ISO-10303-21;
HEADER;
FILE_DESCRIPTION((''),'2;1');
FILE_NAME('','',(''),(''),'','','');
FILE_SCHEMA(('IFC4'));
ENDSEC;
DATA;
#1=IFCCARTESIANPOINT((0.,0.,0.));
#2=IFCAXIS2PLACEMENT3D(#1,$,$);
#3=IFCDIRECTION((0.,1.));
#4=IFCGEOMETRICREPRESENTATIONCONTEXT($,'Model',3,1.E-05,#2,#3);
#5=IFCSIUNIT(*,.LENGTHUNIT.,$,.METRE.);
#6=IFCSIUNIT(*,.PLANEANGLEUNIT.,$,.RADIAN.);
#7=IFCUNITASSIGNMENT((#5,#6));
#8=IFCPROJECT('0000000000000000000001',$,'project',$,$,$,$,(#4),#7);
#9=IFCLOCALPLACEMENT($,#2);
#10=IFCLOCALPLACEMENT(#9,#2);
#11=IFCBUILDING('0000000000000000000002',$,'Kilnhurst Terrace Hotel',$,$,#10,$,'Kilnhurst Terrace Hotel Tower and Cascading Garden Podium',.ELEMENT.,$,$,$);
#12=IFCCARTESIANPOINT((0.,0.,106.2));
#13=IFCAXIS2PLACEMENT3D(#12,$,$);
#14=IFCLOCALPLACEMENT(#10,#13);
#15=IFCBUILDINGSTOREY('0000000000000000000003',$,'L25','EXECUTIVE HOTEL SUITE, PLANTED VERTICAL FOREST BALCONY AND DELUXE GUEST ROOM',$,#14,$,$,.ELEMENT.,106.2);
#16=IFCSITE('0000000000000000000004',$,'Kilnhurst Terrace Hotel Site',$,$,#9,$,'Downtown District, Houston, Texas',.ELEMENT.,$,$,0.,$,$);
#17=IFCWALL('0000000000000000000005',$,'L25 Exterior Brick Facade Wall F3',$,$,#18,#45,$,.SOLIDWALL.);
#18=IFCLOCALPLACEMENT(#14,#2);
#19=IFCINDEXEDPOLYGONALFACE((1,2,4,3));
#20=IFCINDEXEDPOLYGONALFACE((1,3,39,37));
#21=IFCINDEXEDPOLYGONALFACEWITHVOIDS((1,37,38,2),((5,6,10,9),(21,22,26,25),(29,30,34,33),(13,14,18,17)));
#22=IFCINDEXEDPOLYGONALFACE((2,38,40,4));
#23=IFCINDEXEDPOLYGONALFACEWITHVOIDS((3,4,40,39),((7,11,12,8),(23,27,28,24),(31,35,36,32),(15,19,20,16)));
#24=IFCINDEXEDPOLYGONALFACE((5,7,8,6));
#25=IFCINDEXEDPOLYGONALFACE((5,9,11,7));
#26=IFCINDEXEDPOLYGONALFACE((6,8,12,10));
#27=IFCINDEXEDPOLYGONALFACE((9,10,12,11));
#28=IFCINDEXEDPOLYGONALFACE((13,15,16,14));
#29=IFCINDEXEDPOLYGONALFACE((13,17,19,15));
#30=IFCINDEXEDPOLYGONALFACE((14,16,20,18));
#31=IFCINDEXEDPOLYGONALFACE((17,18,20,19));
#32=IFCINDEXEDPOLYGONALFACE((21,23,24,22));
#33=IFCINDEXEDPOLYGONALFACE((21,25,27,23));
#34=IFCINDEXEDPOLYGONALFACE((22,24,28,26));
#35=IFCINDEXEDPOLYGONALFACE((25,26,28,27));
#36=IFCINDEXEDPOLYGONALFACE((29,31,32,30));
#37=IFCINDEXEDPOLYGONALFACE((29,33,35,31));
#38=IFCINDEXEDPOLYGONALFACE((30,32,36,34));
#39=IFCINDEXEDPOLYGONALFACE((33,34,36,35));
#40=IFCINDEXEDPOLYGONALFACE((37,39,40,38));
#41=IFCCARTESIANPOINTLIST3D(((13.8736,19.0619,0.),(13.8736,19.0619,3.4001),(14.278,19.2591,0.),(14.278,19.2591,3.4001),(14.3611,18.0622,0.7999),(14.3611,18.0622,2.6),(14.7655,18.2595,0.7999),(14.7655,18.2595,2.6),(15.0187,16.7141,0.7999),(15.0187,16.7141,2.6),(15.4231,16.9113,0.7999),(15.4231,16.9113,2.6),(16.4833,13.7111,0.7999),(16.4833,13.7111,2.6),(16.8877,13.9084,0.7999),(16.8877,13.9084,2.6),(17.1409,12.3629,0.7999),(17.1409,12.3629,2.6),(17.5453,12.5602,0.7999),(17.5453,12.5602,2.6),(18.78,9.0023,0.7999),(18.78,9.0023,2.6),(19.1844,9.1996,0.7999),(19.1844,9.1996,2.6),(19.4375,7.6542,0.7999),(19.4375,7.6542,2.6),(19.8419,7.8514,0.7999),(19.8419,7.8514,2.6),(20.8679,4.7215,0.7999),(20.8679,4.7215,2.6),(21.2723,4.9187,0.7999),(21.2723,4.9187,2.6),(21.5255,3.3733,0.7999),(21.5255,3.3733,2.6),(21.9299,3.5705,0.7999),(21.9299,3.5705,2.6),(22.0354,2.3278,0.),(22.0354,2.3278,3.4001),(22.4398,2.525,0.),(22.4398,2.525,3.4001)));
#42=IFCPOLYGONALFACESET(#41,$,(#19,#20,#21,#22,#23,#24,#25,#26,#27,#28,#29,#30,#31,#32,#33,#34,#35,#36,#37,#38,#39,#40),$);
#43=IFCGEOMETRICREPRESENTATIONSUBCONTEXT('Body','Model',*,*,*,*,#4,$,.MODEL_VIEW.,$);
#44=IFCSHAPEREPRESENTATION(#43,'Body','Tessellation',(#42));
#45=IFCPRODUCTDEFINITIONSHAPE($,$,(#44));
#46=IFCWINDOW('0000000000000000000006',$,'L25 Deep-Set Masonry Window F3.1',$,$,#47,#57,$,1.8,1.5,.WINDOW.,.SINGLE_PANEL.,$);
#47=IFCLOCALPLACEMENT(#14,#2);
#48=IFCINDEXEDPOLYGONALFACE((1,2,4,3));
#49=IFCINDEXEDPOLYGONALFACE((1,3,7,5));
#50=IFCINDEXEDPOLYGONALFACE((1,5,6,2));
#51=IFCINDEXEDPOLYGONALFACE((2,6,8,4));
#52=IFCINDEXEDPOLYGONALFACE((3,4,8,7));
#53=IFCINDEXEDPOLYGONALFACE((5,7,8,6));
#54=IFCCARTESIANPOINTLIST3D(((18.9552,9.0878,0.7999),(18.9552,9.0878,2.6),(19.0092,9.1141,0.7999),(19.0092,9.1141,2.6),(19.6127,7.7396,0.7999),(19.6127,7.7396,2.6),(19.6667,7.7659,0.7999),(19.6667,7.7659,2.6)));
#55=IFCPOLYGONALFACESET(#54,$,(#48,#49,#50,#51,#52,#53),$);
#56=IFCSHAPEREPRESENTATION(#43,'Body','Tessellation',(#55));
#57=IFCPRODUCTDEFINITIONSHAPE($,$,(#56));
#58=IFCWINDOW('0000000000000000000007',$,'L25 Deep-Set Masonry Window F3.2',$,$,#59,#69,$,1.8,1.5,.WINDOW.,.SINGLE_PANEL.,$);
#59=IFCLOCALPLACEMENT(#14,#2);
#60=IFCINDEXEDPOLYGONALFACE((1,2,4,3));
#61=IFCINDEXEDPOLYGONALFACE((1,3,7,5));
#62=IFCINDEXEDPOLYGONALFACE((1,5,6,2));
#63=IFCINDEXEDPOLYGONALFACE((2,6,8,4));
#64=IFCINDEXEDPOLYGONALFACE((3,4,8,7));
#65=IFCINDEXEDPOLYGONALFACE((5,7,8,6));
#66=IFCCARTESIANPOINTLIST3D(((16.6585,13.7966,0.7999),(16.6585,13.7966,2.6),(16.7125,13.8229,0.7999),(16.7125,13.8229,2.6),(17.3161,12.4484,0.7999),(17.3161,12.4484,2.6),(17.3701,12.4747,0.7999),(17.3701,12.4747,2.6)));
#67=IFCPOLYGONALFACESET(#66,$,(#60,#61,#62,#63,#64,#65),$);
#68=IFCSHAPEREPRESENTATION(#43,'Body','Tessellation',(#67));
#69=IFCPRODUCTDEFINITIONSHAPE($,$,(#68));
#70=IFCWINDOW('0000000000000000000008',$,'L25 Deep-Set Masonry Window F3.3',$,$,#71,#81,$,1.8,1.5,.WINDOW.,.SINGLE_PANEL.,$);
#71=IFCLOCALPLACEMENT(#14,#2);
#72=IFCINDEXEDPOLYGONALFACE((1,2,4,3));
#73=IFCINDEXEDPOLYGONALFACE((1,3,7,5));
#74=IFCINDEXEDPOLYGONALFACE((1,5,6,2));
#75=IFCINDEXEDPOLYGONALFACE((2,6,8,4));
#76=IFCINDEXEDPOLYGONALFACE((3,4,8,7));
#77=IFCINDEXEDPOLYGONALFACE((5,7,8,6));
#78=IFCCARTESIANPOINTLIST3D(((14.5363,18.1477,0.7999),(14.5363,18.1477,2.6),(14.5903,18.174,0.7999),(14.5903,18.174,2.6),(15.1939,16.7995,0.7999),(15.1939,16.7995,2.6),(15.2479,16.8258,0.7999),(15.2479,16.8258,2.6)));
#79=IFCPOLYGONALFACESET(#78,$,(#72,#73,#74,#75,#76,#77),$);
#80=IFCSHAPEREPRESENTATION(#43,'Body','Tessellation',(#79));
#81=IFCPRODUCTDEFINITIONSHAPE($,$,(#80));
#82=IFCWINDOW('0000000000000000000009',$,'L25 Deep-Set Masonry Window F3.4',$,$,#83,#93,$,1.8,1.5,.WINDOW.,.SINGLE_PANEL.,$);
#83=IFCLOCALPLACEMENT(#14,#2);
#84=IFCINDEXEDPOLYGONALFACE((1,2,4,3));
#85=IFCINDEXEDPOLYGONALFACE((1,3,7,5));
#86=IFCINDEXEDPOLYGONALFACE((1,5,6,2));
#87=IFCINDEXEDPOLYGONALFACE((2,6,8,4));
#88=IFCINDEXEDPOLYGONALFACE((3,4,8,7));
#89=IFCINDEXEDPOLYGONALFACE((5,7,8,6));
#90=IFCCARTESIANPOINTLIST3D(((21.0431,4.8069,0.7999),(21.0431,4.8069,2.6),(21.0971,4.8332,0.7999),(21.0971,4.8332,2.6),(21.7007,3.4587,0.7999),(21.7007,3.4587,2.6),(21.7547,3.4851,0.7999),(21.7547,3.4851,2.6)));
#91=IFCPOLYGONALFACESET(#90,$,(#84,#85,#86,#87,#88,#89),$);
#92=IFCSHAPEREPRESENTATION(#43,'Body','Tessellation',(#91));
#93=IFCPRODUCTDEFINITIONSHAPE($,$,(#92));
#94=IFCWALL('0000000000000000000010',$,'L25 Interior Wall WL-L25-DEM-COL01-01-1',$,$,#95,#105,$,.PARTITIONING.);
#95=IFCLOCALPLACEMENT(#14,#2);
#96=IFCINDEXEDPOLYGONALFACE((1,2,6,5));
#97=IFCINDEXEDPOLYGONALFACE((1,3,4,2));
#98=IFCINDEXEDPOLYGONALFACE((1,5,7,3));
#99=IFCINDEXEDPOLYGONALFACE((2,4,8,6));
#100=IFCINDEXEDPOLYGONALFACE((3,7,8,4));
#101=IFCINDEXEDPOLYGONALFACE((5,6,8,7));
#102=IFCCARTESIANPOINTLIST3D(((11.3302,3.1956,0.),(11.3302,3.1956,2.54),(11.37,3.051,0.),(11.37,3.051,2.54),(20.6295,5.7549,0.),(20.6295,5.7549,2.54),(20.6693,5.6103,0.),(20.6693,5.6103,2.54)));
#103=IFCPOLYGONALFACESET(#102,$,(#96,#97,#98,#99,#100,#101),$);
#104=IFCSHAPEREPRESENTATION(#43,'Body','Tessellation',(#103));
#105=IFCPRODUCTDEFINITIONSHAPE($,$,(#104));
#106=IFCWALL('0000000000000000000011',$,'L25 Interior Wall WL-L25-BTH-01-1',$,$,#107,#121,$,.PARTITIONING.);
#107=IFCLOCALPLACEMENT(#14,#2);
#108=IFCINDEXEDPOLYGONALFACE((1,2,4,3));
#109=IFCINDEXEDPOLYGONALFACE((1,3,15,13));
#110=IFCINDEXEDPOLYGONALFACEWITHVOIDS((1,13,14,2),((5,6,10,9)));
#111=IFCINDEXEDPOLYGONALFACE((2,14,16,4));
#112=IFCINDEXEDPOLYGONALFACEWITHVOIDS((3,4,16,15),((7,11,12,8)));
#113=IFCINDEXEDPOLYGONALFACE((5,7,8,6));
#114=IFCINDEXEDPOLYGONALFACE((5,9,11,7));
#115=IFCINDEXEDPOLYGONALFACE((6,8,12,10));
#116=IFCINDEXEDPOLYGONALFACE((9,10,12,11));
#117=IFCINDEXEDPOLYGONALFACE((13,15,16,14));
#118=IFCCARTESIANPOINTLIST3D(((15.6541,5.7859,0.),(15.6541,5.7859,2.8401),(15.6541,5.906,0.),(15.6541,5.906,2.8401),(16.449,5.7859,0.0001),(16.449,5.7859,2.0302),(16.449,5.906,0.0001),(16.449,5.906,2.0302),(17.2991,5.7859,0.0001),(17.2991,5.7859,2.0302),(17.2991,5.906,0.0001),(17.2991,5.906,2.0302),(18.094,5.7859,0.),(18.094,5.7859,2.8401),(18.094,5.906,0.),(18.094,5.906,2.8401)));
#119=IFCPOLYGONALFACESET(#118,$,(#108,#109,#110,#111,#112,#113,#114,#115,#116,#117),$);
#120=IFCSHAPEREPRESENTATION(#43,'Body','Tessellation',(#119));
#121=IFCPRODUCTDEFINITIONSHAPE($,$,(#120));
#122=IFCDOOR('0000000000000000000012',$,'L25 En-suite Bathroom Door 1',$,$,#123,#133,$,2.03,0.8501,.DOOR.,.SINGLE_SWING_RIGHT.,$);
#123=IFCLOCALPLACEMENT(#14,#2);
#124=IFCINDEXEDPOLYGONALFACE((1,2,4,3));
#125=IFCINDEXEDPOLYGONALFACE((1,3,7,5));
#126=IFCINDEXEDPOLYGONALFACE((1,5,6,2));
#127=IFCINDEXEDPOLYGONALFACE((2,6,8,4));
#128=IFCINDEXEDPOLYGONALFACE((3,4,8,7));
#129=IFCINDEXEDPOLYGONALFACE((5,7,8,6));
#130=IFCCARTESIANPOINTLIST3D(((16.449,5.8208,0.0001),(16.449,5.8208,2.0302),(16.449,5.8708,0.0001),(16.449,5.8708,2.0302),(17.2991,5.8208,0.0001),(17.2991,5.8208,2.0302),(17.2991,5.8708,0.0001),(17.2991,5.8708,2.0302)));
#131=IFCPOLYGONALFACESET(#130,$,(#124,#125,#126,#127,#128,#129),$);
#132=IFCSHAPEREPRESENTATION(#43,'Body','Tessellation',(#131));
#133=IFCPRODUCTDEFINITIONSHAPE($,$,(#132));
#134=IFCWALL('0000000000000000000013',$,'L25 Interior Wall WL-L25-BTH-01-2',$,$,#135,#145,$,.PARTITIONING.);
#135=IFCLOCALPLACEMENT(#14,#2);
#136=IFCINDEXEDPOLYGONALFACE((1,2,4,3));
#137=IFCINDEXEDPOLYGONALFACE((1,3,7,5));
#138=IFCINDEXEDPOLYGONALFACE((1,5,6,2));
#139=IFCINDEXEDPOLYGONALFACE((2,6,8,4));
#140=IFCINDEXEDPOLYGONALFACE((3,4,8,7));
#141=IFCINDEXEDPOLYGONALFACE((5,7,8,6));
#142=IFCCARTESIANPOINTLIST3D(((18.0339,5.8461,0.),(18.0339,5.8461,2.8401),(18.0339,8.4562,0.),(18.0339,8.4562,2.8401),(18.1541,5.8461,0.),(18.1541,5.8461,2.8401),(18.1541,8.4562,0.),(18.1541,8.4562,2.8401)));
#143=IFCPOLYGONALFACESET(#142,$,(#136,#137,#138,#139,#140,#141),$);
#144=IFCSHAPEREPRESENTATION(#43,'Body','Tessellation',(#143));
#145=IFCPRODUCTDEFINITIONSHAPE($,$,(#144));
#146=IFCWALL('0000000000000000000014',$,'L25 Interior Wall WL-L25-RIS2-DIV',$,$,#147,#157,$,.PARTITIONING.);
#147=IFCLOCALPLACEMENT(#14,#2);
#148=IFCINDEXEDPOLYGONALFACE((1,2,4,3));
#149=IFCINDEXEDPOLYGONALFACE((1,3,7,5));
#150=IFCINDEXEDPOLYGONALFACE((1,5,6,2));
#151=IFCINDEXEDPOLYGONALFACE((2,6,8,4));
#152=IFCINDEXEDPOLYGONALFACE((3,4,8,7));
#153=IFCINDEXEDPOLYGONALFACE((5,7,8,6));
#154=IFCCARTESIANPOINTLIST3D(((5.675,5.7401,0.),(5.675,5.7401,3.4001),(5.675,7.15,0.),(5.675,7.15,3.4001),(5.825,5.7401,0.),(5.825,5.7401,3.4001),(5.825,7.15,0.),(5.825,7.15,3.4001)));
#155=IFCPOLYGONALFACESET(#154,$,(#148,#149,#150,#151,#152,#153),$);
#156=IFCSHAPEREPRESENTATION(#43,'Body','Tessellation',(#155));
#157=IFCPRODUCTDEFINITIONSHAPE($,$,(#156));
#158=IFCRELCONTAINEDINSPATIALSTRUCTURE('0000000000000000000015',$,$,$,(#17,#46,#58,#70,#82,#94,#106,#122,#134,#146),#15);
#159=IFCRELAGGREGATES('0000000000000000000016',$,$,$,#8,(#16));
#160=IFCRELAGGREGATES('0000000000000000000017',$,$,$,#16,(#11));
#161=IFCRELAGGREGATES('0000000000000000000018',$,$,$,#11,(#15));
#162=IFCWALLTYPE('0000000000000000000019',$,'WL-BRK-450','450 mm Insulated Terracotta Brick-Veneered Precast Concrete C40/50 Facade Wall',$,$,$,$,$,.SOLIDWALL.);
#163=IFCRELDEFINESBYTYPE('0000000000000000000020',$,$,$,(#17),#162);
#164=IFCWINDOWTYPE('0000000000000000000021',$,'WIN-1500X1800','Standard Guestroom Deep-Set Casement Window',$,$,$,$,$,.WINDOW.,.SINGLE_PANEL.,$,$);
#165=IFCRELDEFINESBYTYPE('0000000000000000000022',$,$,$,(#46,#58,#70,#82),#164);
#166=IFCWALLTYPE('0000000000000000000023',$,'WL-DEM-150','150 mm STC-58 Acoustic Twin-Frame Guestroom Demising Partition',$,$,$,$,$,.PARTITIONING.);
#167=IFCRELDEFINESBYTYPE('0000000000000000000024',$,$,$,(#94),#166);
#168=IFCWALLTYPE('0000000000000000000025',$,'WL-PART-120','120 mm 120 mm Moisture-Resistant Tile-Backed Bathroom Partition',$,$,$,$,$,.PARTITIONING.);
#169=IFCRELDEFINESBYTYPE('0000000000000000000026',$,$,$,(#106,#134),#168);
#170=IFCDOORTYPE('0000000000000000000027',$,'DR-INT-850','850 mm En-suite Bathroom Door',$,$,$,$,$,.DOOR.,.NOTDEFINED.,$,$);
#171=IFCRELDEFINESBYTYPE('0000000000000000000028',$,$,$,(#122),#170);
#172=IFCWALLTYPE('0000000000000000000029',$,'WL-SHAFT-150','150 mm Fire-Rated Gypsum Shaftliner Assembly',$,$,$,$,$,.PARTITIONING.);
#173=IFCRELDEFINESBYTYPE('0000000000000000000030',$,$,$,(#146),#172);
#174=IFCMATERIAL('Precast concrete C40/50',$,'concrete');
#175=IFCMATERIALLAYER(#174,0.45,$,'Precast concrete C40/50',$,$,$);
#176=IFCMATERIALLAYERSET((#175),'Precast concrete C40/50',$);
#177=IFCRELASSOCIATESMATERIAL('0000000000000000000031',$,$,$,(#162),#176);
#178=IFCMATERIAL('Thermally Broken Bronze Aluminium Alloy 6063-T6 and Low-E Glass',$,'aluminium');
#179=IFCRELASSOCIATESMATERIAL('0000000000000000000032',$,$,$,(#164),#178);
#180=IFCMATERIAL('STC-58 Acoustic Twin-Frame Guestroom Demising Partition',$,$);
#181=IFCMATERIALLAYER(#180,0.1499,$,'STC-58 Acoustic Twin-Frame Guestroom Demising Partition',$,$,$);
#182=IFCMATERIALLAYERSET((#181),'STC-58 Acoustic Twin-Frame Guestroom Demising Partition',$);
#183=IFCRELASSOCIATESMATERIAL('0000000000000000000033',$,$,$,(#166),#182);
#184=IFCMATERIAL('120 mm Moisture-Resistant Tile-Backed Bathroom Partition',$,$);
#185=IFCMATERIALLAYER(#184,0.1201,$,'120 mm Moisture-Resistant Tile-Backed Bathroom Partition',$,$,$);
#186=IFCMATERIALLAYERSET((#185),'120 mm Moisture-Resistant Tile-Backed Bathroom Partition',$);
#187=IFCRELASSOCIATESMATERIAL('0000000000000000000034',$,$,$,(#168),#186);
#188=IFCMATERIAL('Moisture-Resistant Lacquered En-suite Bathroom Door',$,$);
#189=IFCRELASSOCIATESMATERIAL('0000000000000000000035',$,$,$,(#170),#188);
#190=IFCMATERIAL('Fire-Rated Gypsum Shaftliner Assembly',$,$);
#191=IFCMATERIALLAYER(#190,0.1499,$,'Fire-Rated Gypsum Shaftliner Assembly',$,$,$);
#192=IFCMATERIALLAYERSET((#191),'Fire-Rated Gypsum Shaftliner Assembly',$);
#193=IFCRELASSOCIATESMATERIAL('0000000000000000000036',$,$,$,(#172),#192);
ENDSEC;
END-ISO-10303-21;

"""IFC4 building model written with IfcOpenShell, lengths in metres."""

from ifc_helpers import new_model, si_unit, direction, frame, frame_2d, origin, place, context, subcontext, project, spatial, rectangle, extrude, material, layer, layer_set, type_object, element, fill, save


model = new_model("IFC4")

# Units and contexts
model_context = context("Model", 3, precision=1e-05, world=origin(), true_north=direction((0.0, 1.0)))
body_context = subcontext(model_context, "Body", "Model", "MODEL_VIEW")
ifc_project = project(units=[si_unit("LENGTHUNIT", "METRE"), si_unit("PLANEANGLEUNIT", "RADIAN")], contexts=[model_context])

# Site, building, storey
site_placement = place(None, origin())
site = spatial("IfcSite", under=ifc_project, at=site_placement, Name="Kilnhurst Terrace Hotel Site", LongName="Downtown District, Houston, Texas", CompositionType="ELEMENT", RefElevation=0.0)
building_placement = place(site_placement, origin())
building = spatial("IfcBuilding", under=site, at=building_placement, Name="Kilnhurst Terrace Hotel", LongName="Kilnhurst Terrace Hotel Tower and Cascading Garden Podium", CompositionType="ELEMENT")
storey_placement = place(building_placement, frame((0.0, 0.0, 106.2)))
storey = spatial("IfcBuildingStorey", under=building, at=storey_placement, Name="L25", Description="EXECUTIVE HOTEL SUITE, PLANTED VERTICAL FOREST BALCONY AND DELUXE GUEST ROOM", CompositionType="ELEMENT", Elevation=106.2)

# Shared definitions
ifc_material_1 = material(Name="Precast concrete C40/50", Category="concrete")
ifc_layer_1 = layer(ifc_material_1, 0.45, Name="Precast concrete C40/50")
ifc_layer_set_1 = layer_set([ifc_layer_1], Name="Precast concrete C40/50")
wall_type_1 = type_object("IfcWallType", Name="WL-BRK-450", Description="450 mm Insulated Terracotta Brick-Veneered Precast Concrete C40/50 Facade Wall", PredefinedType="SOLIDWALL", material=ifc_layer_set_1)

# Wall, openings, windows
wall_1_placement = place(storey_placement, frame((22.2375, 2.4265, 0.0), z_axis=(0.0, 0.0, 1.0), x_axis=(-0.438375, 0.898792, 0.0)))
wall_1 = element("IfcWall", 1, at=wall_1_placement, inside=storey, type_object=wall_type_1, Name="L25 Exterior Brick Facade Wall F3", PredefinedType="SOLIDWALL", context=body_context, shape_type="SweptSolid", body=[
    extrude(rectangle(XDim=18.6184, YDim=0.45, at=frame_2d((9.3091, 0.0))), origin(), (0.0, 0.0, 1.0), 3.4001),
])
opening_1_placement = place(wall_1_placement, frame((5.926, 0.0, 0.8)))
opening_1 = element("IfcOpeningElement", 2, at=opening_1_placement, cuts=wall_1, PredefinedType="OPENING", context=body_context, shape_type="SweptSolid", body=[
    extrude(rectangle(XDim=1.5, YDim=1.8, at=frame_2d((0.75, 0.8999))), frame((0.0, 0.2349, 0.0), z_axis=(0.0, -1.0, 0.0), x_axis=(1.0, 0.0, 0.0)), (0.0, 0.0, 1.0), 0.47),
])
opening_2_placement = place(wall_1_placement, frame((11.165, 0.0, 0.8)))
opening_2 = element("IfcOpeningElement", 3, at=opening_2_placement, cuts=wall_1, PredefinedType="OPENING", context=body_context, shape_type="SweptSolid", body=[
    extrude(rectangle(XDim=1.5, YDim=1.8, at=frame_2d((0.75, 0.8999))), frame((0.0, 0.2349, 0.0), z_axis=(0.0, -1.0, 0.0), x_axis=(1.0, 0.0, 0.0)), (0.0, 0.0, 1.0), 0.47),
])
opening_3_placement = place(wall_1_placement, frame((16.0061, 0.0, 0.8)))
opening_3 = element("IfcOpeningElement", 4, at=opening_3_placement, cuts=wall_1, PredefinedType="OPENING", context=body_context, shape_type="SweptSolid", body=[
    extrude(rectangle(XDim=1.5, YDim=1.8, at=frame_2d((0.75, 0.8999))), frame((0.0, 0.2349, 0.0), z_axis=(0.0, -1.0, 0.0), x_axis=(1.0, 0.0, 0.0)), (0.0, 0.0, 1.0), 0.47),
])
opening_4_placement = place(wall_1_placement, frame((1.1631, 0.0, 0.8)))
opening_4 = element("IfcOpeningElement", 5, at=opening_4_placement, cuts=wall_1, PredefinedType="OPENING", context=body_context, shape_type="SweptSolid", body=[
    extrude(rectangle(XDim=1.5, YDim=1.8, at=frame_2d((0.75, 0.8999))), frame((0.0, 0.2349, 0.0), z_axis=(0.0, -1.0, 0.0), x_axis=(1.0, 0.0, 0.0)), (0.0, 0.0, 1.0), 0.47),
])
ifc_material_2 = material(Name="Thermally Broken Bronze Aluminium Alloy 6063-T6 and Low-E Glass", Category="aluminium")
window_type = type_object("IfcWindowType", Name="WIN-1500X1800", Description="Standard Guestroom Deep-Set Casement Window", PartitioningType="SINGLE_PANEL", PredefinedType="WINDOW", material=ifc_material_2)
window_1_placement = place(opening_1_placement, origin())
window_1 = element("IfcWindow", 6, at=window_1_placement, inside=storey, type_object=window_type, Name="L25 Deep-Set Masonry Window F3.1", OverallHeight=1.8, OverallWidth=1.5, PartitioningType="SINGLE_PANEL", PredefinedType="WINDOW", context=body_context, shape_type="SweptSolid", body=[
    extrude(rectangle(XDim=1.5, YDim=1.8, at=frame_2d((0.75, 0.8999))), frame((0.0, 0.03, 0.0), z_axis=(0.0, -1.0, 0.0), x_axis=(1.0, 0.0, 0.0)), (0.0, 0.0, 1.0), 0.0601),
])
fill(opening_1, window_1)
window_2_placement = place(opening_2_placement, origin())
window_2 = element("IfcWindow", 7, at=window_2_placement, inside=storey, type_object=window_type, Name="L25 Deep-Set Masonry Window F3.2", OverallHeight=1.8, OverallWidth=1.5, PartitioningType="SINGLE_PANEL", PredefinedType="WINDOW", context=body_context, shape_type="SweptSolid", body=[
    extrude(rectangle(XDim=1.5, YDim=1.8, at=frame_2d((0.75, 0.8999))), frame((0.0, 0.03, 0.0), z_axis=(0.0, -1.0, 0.0), x_axis=(1.0, 0.0, 0.0)), (0.0, 0.0, 1.0), 0.0601),
])
fill(opening_2, window_2)
window_3_placement = place(opening_3_placement, origin())
window_3 = element("IfcWindow", 8, at=window_3_placement, inside=storey, type_object=window_type, Name="L25 Deep-Set Masonry Window F3.3", OverallHeight=1.8, OverallWidth=1.5, PartitioningType="SINGLE_PANEL", PredefinedType="WINDOW", context=body_context, shape_type="SweptSolid", body=[
    extrude(rectangle(XDim=1.5, YDim=1.8, at=frame_2d((0.75, 0.8999))), frame((0.0, 0.03, 0.0), z_axis=(0.0, -1.0, 0.0), x_axis=(1.0, 0.0, 0.0)), (0.0, 0.0, 1.0), 0.0601),
])
fill(opening_3, window_3)
window_4_placement = place(opening_4_placement, origin())
window_4 = element("IfcWindow", 9, at=window_4_placement, inside=storey, type_object=window_type, Name="L25 Deep-Set Masonry Window F3.4", OverallHeight=1.8, OverallWidth=1.5, PartitioningType="SINGLE_PANEL", PredefinedType="WINDOW", context=body_context, shape_type="SweptSolid", body=[
    extrude(rectangle(XDim=1.5, YDim=1.8, at=frame_2d((0.75, 0.8999))), frame((0.0, 0.03, 0.0), z_axis=(0.0, -1.0, 0.0), x_axis=(1.0, 0.0, 0.0)), (0.0, 0.0, 1.0), 0.0601),
])
fill(opening_4, window_4)

# Wall
ifc_material_3 = material(Name="STC-58 Acoustic Twin-Frame Guestroom Demising Partition")
ifc_layer_2 = layer(ifc_material_3, 0.1499, Name="STC-58 Acoustic Twin-Frame Guestroom Demising Partition")
ifc_layer_set_2 = layer_set([ifc_layer_2], Name="STC-58 Acoustic Twin-Frame Guestroom Demising Partition")
wall_type_2 = type_object("IfcWallType", Name="WL-DEM-150", Description="150 mm STC-58 Acoustic Twin-Frame Guestroom Demising Partition", PredefinedType="PARTITIONING", material=ifc_layer_set_2)
wall_2_placement = place(storey_placement, frame((11.3501, 3.1233, 0.0), z_axis=(0.0, 0.0, 1.0), x_axis=(0.964152, 0.265351, 0.0)))
element("IfcWall", 10, at=wall_2_placement, inside=storey, type_object=wall_type_2, Name="L25 Interior Wall WL-L25-DEM-COL01-01-1", PredefinedType="PARTITIONING", context=body_context, shape_type="SweptSolid", body=[
    extrude(rectangle(XDim=9.645, YDim=0.1499, at=frame_2d((4.8225, 0.0))), origin(), (0.0, 0.0, 1.0), 2.54),
])

# Wall, opening, door
ifc_material_4 = material(Name="120 mm Moisture-Resistant Tile-Backed Bathroom Partition")
ifc_layer_3 = layer(ifc_material_4, 0.1201, Name="120 mm Moisture-Resistant Tile-Backed Bathroom Partition")
ifc_layer_set_3 = layer_set([ifc_layer_3], Name="120 mm Moisture-Resistant Tile-Backed Bathroom Partition")
wall_type_3 = type_object("IfcWallType", Name="WL-PART-120", Description="120 mm 120 mm Moisture-Resistant Tile-Backed Bathroom Partition", PredefinedType="PARTITIONING", material=ifc_layer_set_3)
wall_3_placement = place(storey_placement, frame((15.6541, 5.8459, 0.0), z_axis=(0.0, 0.0, 1.0), x_axis=(1.0, 0.0, 0.0)))
wall_3 = element("IfcWall", 11, at=wall_3_placement, inside=storey, type_object=wall_type_3, Name="L25 Interior Wall WL-L25-BTH-01-1", PredefinedType="PARTITIONING", context=body_context, shape_type="SweptSolid", body=[
    extrude(rectangle(XDim=2.4399, YDim=0.1201, at=frame_2d((1.22, 0.0))), origin(), (0.0, 0.0, 1.0), 2.8401),
])
opening_5_placement = place(wall_3_placement, frame((0.7949, 0.0, 0.0)))
opening_5 = element("IfcOpeningElement", 12, at=opening_5_placement, cuts=wall_3, PredefinedType="OPENING", context=body_context, shape_type="SweptSolid", body=[
    extrude(rectangle(XDim=0.8501, YDim=2.03, at=frame_2d((0.425, 1.0151))), frame((0.0, 0.0701, 0.0), z_axis=(0.0, -1.0, 0.0), x_axis=(1.0, 0.0, 0.0)), (0.0, 0.0, 1.0), 0.1401),
])
ifc_material_5 = material(Name="Moisture-Resistant Lacquered En-suite Bathroom Door")
door_type = type_object("IfcDoorType", Name="DR-INT-850", Description="850 mm En-suite Bathroom Door", OperationType="NOTDEFINED", PredefinedType="DOOR", material=ifc_material_5)
door_placement = place(opening_5_placement, origin())
door = element("IfcDoor", 13, at=door_placement, inside=storey, type_object=door_type, Name="L25 En-suite Bathroom Door 1", OperationType="SINGLE_SWING_RIGHT", OverallHeight=2.03, OverallWidth=0.8501, PredefinedType="DOOR", context=body_context, shape_type="SweptSolid", body=[
    extrude(rectangle(XDim=0.8501, YDim=2.03, at=frame_2d((0.425, 1.0151))), frame((0.0, 0.0249, 0.0), z_axis=(0.0, -1.0, 0.0), x_axis=(1.0, 0.0, 0.0)), (0.0, 0.0, 1.0), 0.05),
])
fill(opening_5, door)

# Walls
wall_4_placement = place(storey_placement, frame((18.094, 5.8459, 0.0), z_axis=(0.0, 0.0, 1.0), x_axis=(0.0, 1.0, 0.0)))
element("IfcWall", 14, at=wall_4_placement, inside=storey, type_object=wall_type_3, Name="L25 Interior Wall WL-L25-BTH-01-2", PredefinedType="PARTITIONING", context=body_context, shape_type="SweptSolid", body=[
    extrude(rectangle(XDim=2.6101, YDim=0.1201, at=frame_2d((1.3052, 0.0))), origin(), (0.0, 0.0, 1.0), 2.8401),
])
ifc_material_6 = material(Name="Fire-Rated Gypsum Shaftliner Assembly")
ifc_layer_4 = layer(ifc_material_6, 0.1499, Name="Fire-Rated Gypsum Shaftliner Assembly")
ifc_layer_set_4 = layer_set([ifc_layer_4], Name="Fire-Rated Gypsum Shaftliner Assembly")
wall_type_4 = type_object("IfcWallType", Name="WL-SHAFT-150", Description="150 mm Fire-Rated Gypsum Shaftliner Assembly", PredefinedType="PARTITIONING", material=ifc_layer_set_4)
wall_5_placement = place(storey_placement, frame((5.75, 5.74, 0.0), z_axis=(0.0, 0.0, 1.0), x_axis=(0.0, 1.0, 0.0)))
element("IfcWall", 15, at=wall_5_placement, inside=storey, type_object=wall_type_4, Name="L25 Interior Wall WL-L25-RIS2-DIV", PredefinedType="PARTITIONING", context=body_context, shape_type="SweptSolid", body=[
    extrude(rectangle(XDim=1.4099, YDim=0.1499, at=frame_2d((0.7051, 0.0))), origin(), (0.0, 0.0, 1.0), 3.4001),
])

save(model, "model.ifc")
